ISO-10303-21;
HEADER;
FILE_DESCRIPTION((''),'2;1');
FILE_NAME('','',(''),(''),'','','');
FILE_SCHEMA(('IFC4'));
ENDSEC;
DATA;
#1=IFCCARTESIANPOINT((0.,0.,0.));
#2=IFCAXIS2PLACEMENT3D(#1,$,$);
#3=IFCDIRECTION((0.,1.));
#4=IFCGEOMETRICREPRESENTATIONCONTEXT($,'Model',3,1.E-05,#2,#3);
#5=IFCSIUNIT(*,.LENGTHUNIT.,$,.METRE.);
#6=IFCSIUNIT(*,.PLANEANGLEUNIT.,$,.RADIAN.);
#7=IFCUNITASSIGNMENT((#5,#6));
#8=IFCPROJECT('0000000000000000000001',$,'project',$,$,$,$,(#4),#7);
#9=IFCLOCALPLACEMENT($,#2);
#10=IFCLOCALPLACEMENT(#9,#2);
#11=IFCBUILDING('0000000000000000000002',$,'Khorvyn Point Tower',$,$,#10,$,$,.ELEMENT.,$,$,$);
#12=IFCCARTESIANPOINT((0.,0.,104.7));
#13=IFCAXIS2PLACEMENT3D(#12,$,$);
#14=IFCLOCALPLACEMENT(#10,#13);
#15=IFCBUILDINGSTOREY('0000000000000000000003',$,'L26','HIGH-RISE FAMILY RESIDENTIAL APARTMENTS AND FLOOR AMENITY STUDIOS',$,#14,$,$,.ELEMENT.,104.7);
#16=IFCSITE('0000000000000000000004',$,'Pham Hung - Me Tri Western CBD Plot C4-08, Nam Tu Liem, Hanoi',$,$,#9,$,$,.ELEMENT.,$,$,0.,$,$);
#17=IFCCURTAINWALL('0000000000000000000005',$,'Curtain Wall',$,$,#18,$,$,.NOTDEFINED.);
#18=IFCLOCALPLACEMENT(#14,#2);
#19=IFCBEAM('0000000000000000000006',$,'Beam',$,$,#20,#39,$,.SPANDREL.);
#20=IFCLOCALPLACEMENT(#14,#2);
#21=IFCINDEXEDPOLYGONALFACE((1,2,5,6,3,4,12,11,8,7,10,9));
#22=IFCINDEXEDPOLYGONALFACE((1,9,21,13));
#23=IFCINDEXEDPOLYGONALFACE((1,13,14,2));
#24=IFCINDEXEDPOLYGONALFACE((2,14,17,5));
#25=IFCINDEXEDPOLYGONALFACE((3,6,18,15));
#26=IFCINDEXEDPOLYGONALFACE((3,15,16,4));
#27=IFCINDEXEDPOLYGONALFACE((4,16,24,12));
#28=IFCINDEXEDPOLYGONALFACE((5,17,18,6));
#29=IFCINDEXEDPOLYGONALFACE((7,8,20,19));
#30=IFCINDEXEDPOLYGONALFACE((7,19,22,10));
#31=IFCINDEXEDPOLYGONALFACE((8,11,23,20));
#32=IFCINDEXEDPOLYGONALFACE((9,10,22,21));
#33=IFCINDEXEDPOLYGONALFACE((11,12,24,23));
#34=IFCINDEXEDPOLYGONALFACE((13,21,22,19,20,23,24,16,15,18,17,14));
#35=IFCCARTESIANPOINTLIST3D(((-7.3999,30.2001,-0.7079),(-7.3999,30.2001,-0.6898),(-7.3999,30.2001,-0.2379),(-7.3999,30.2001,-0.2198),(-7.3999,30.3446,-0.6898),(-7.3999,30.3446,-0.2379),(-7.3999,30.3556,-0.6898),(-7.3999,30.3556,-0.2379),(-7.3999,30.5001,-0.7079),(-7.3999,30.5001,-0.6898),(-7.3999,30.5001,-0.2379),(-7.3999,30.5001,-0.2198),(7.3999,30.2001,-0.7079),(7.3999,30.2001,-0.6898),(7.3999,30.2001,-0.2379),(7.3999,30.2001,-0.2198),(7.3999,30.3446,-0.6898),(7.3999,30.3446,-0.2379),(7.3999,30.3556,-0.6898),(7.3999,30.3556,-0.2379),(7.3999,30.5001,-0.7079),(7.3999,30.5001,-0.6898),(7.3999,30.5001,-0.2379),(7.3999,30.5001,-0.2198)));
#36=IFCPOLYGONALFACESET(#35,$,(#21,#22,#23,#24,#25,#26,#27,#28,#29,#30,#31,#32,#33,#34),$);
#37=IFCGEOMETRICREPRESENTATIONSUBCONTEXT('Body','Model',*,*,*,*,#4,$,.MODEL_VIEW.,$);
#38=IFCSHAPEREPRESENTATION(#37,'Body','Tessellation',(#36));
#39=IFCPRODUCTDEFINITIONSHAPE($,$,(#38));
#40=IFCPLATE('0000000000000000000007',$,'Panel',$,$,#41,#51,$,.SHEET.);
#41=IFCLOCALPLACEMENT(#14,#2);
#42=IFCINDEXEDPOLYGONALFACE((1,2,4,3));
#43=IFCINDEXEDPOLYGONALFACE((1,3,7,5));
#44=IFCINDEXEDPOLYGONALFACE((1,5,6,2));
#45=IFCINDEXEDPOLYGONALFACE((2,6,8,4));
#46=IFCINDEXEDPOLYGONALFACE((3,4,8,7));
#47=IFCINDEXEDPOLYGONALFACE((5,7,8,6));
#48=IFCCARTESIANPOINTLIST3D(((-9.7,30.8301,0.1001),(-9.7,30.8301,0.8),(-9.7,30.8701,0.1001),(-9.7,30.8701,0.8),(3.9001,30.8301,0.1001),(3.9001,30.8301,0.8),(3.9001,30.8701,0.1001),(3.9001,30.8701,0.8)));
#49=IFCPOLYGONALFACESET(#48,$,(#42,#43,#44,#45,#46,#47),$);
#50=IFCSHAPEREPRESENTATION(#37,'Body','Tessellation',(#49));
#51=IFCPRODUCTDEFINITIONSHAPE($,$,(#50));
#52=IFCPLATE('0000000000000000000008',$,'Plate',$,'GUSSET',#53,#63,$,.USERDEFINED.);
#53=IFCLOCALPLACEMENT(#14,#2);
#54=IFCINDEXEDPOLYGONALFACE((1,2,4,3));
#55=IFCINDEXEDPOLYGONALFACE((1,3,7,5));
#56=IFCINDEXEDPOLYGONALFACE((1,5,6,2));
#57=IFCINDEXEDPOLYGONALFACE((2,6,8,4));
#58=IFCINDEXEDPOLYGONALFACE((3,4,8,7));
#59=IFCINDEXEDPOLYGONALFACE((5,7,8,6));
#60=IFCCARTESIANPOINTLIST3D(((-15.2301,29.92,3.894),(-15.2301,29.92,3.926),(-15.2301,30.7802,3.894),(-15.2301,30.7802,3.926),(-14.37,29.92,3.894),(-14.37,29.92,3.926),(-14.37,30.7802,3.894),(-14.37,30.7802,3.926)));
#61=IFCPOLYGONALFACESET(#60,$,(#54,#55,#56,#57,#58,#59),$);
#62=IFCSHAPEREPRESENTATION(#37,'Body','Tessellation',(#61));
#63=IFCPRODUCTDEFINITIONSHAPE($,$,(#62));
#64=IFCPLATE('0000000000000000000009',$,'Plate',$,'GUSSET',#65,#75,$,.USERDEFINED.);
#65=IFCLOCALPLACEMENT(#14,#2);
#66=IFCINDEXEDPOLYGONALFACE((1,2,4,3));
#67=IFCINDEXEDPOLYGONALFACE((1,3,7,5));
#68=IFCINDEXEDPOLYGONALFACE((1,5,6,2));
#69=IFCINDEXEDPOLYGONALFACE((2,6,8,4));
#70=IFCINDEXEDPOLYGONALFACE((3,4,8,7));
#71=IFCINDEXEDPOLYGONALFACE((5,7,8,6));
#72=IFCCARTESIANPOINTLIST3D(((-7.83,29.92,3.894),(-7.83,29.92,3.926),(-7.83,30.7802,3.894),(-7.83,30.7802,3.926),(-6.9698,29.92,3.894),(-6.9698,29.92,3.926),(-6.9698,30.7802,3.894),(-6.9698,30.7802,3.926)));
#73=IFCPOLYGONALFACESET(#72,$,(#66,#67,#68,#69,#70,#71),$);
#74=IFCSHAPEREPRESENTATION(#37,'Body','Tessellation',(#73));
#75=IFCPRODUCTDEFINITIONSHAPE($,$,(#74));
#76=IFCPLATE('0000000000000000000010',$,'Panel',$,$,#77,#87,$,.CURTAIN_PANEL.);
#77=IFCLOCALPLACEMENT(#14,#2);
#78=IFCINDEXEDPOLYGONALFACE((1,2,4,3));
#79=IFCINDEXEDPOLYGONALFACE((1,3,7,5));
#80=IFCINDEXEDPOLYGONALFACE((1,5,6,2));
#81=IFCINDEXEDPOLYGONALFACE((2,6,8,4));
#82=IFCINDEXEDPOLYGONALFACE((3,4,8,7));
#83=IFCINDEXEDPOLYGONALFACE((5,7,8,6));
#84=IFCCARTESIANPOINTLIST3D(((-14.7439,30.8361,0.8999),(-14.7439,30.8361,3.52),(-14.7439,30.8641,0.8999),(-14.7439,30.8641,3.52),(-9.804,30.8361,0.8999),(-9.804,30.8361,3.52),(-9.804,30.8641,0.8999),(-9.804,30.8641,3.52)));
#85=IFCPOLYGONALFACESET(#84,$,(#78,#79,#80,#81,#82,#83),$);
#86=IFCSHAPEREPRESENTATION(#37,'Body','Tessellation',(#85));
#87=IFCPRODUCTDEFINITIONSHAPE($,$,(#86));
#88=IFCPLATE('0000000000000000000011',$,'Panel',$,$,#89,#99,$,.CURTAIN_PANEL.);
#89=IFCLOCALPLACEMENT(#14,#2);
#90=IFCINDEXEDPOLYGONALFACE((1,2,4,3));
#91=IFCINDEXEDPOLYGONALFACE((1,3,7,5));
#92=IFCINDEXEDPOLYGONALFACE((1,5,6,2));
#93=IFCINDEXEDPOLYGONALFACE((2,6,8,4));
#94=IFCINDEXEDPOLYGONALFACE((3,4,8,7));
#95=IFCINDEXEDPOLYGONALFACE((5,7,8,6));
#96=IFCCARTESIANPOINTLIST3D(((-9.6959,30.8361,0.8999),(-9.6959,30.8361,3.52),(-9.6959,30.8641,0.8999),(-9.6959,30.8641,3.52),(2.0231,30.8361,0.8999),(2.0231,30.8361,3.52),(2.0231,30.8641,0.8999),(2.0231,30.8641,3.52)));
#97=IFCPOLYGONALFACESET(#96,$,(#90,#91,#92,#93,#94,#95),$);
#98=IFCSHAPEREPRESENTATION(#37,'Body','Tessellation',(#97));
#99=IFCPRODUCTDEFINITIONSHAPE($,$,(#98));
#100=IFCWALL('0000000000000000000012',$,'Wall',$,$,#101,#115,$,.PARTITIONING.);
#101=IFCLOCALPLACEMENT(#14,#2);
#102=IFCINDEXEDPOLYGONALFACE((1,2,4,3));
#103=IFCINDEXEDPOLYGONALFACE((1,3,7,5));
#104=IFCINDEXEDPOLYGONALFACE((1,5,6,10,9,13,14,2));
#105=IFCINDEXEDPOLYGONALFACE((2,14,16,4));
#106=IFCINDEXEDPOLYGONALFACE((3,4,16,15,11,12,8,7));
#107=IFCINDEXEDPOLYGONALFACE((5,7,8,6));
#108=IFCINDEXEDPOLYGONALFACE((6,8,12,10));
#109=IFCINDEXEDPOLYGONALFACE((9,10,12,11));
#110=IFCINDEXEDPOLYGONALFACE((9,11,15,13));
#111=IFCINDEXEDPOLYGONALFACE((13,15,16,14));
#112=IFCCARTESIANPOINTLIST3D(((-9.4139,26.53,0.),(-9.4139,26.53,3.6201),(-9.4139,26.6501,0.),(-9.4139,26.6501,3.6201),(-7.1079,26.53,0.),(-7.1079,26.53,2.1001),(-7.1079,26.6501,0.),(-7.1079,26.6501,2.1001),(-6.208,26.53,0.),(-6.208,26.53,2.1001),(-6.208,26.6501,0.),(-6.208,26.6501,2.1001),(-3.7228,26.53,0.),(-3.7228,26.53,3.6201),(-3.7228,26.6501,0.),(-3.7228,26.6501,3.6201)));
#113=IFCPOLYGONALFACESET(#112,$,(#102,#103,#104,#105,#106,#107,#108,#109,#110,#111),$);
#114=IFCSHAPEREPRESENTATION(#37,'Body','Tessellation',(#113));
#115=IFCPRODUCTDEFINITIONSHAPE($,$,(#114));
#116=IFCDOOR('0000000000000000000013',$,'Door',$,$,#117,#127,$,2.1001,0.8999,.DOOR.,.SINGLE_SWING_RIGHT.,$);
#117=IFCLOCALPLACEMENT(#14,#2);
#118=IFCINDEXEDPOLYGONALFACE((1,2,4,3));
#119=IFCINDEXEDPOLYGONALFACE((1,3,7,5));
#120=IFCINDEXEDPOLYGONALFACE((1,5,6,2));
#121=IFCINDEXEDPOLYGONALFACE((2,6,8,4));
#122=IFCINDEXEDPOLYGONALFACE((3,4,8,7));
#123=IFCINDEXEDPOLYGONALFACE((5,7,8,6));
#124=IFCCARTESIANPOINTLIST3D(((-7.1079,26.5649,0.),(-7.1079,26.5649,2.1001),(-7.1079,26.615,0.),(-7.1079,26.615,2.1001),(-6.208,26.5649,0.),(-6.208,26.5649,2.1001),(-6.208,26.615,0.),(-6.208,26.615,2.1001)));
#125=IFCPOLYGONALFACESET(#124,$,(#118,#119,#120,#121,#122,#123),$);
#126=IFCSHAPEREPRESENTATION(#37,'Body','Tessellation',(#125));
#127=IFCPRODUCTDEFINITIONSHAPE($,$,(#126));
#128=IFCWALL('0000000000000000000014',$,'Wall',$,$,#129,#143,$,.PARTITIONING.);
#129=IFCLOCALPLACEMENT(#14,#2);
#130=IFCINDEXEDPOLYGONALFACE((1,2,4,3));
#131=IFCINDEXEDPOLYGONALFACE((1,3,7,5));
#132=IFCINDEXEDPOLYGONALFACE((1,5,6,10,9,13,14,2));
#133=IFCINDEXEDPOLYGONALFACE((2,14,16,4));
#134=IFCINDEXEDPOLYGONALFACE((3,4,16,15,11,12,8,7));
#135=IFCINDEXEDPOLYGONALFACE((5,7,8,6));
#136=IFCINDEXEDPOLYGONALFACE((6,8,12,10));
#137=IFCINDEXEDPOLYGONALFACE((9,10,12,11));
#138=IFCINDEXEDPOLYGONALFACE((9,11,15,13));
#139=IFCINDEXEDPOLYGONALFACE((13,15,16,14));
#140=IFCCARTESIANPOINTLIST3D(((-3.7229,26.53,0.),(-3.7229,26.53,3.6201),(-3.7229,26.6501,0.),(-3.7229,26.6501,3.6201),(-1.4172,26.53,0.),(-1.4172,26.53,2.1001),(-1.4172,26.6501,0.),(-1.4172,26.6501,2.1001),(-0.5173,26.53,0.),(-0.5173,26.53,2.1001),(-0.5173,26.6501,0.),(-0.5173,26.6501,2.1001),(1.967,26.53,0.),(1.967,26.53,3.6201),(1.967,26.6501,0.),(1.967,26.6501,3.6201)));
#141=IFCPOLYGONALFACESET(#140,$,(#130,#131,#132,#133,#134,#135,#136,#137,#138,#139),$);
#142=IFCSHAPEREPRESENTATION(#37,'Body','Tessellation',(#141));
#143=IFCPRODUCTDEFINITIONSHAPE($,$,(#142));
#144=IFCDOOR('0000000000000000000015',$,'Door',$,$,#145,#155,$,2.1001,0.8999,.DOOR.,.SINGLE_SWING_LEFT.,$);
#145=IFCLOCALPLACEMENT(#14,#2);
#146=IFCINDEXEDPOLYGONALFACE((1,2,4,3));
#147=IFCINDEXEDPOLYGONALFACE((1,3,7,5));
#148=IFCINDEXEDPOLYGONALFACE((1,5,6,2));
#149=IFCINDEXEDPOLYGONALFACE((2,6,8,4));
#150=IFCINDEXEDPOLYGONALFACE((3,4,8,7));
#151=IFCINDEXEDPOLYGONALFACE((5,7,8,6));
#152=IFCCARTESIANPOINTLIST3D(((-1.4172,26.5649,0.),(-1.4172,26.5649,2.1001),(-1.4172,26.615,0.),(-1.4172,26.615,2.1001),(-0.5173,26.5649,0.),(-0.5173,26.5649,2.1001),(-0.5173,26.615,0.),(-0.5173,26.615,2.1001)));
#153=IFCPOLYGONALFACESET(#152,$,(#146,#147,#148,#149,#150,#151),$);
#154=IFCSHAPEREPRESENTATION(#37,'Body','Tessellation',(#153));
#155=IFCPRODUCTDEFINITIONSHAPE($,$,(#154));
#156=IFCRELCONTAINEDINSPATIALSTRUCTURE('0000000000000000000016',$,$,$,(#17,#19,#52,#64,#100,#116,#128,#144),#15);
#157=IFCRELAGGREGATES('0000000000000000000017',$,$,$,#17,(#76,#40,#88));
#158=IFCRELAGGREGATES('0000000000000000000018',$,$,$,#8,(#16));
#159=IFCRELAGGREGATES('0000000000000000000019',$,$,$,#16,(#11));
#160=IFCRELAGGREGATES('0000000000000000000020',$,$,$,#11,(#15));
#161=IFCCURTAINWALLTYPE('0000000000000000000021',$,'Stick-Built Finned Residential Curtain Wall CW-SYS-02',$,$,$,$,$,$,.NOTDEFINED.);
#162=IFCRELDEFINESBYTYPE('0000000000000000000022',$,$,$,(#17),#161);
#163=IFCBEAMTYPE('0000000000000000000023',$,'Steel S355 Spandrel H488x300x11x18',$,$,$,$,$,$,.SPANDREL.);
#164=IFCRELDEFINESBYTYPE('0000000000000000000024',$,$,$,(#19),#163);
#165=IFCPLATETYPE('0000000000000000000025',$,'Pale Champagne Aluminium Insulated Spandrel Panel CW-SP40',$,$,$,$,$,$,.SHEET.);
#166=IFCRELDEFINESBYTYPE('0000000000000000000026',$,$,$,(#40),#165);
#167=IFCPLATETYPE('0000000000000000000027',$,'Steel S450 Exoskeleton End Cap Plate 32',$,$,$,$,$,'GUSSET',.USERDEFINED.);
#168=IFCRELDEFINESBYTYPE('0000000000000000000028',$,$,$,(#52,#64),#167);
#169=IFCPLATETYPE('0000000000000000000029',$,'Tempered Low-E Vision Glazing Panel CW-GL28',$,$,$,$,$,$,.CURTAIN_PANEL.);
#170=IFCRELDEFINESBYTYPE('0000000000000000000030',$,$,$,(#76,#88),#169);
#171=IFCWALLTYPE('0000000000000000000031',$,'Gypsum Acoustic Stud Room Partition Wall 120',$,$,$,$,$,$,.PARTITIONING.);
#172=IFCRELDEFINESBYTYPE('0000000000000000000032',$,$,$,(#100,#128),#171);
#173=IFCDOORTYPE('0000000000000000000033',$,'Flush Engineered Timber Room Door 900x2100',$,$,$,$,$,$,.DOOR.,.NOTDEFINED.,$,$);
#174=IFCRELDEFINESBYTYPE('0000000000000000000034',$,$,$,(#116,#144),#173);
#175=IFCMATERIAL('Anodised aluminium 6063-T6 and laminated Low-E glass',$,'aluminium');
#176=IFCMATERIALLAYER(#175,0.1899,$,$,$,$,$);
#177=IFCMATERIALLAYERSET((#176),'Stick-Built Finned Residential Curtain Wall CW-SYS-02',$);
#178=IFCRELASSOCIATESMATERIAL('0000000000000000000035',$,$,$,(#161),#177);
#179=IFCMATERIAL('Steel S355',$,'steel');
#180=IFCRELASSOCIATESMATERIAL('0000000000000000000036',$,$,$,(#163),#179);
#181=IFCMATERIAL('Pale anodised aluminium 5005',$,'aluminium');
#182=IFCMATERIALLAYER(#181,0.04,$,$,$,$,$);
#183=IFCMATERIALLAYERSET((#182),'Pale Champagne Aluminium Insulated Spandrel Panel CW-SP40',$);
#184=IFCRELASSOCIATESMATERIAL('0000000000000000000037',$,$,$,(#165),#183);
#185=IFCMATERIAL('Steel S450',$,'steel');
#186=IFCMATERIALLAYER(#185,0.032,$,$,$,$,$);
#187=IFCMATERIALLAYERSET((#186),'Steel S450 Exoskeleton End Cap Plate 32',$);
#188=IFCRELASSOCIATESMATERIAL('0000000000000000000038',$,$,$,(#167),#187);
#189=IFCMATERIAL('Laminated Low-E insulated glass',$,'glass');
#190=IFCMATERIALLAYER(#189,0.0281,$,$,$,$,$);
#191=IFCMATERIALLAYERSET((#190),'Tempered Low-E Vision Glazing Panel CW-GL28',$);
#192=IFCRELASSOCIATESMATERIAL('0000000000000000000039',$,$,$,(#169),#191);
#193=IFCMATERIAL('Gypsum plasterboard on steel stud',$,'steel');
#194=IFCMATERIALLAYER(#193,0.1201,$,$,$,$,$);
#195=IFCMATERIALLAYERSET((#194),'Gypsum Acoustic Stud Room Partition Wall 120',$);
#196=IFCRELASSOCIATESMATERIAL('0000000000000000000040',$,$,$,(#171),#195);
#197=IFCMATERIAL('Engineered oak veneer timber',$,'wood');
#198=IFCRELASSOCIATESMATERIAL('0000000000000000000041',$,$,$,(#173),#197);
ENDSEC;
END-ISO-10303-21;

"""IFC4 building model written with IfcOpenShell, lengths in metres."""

from ifc_helpers import new_model, si_unit, direction, frame, frame_2d, origin, origin_2d, place, context, subcontext, project, spatial, rectangle, i_section, extrude, material, layer, layer_set, material_profile, profile_set, type_object, element, fill, aggregate, save


model = new_model("IFC4")

# Units and contexts
model_context = context("Model", 3, precision=1e-05, world=origin(), true_north=direction((0.0, 1.0)))
body_context = subcontext(model_context, "Body", "Model", "MODEL_VIEW")
ifc_project = project(units=[si_unit("LENGTHUNIT", "METRE"), si_unit("PLANEANGLEUNIT", "RADIAN")], contexts=[model_context])

# Site, building, storey
site_placement = place(None, origin())
site = spatial("IfcSite", under=ifc_project, at=site_placement, Name="Pham Hung - Me Tri Western CBD Plot C4-08, Nam Tu Liem, Hanoi", CompositionType="ELEMENT", RefElevation=0.0)
building_placement = place(site_placement, origin())
building = spatial("IfcBuilding", under=site, at=building_placement, Name="Khorvyn Point Tower", CompositionType="ELEMENT")
storey_placement = place(building_placement, frame((0.0, 0.0, 104.7)))
storey = spatial("IfcBuildingStorey", under=building, at=storey_placement, Name="L26", Description="HIGH-RISE FAMILY RESIDENTIAL APARTMENTS AND FLOOR AMENITY STUDIOS", CompositionType="ELEMENT", Elevation=104.7)

# Shared definitions
ifc_material_1 = material(Name="Steel S450", Category="steel")

# Curtain wall
ifc_material_2 = material(Name="Anodised aluminium 6063-T6 and laminated Low-E glass", Category="aluminium")
ifc_layer_1 = layer(ifc_material_2, 0.1899)
ifc_layer_set_1 = layer_set([ifc_layer_1], Name="Stick-Built Finned Residential Curtain Wall CW-SYS-02")
curtain_wall_type = type_object("IfcCurtainWallType", Name="Stick-Built Finned Residential Curtain Wall CW-SYS-02", PredefinedType="NOTDEFINED", material=ifc_layer_set_1)
curtain_wall_placement = place(storey_placement, origin())
curtain_wall = element("IfcCurtainWall", 1, at=curtain_wall_placement, inside=storey, type_object=curtain_wall_type, Name="Curtain Wall", PredefinedType="NOTDEFINED")

# Beam
ifc_material_3 = material(Name="Steel S355", Category="steel")
ifc_material_profile_1 = material_profile(ifc_material_3, i_section(OverallWidth=0.3, OverallDepth=0.488, WebThickness=0.011, FlangeThickness=0.0181, at=origin_2d()))
ifc_profile_set_1 = profile_set([ifc_material_profile_1], Name="Steel S355 H488x300x11x18")
beam_type_1 = type_object("IfcBeamType", Name="Steel S355 Spandrel H488x300x11x18", PredefinedType="SPANDREL", material=ifc_profile_set_1)
beam_1_placement = place(storey_placement, frame((-7.3999, 30.3501, -0.4639), z_axis=(1.0, 0.0, 0.0), x_axis=(0.0, 1.0, 0.0)))
element("IfcBeam", 2, at=beam_1_placement, inside=storey, type_object=beam_type_1, Name="Beam", PredefinedType="SPANDREL", context=body_context, shape_type="SweptSolid", body=[
    extrude(i_section(OverallWidth=0.3, OverallDepth=0.488, WebThickness=0.011, FlangeThickness=0.0181, at=origin_2d()), origin(), (0.0, 0.0, 1.0), 14.7998),
])

# Plate
ifc_material_4 = material(Name="Pale anodised aluminium 5005", Category="aluminium")
ifc_layer_2 = layer(ifc_material_4, 0.04)
ifc_layer_set_2 = layer_set([ifc_layer_2], Name="Pale Champagne Aluminium Insulated Spandrel Panel CW-SP40")
plate_type_1 = type_object("IfcPlateType", Name="Pale Champagne Aluminium Insulated Spandrel Panel CW-SP40", PredefinedType="SHEET", material=ifc_layer_set_2)
plate_1_placement = place(storey_placement, frame((-2.8999, 30.8501, 0.1001), z_axis=(0.0, 0.0, 1.0), x_axis=(1.0, 0.0, 0.0)))
plate_1 = element("IfcPlate", 3, at=plate_1_placement, type_object=plate_type_1, Name="Panel", PredefinedType="SHEET", context=body_context, shape_type="SweptSolid", body=[
    extrude(rectangle(XDim=13.6001, YDim=0.04, at=origin_2d()), origin(), (0.0, 0.0, 1.0), 0.7),
])

# Plates
ifc_layer_3 = layer(ifc_material_1, 0.032)
ifc_layer_set_3 = layer_set([ifc_layer_3], Name="Steel S450 Exoskeleton End Cap Plate 32")
plate_type_2 = type_object("IfcPlateType", Name="Steel S450 Exoskeleton End Cap Plate 32", ElementType="GUSSET", PredefinedType="USERDEFINED", material=ifc_layer_set_3)
for number, where, z_axis, x_axis, name in (
    (4, (-14.8, 30.3501, 3.894), (0.0, 0.0, 1.0), (1.0, 0.0, 0.0), "Plate"),
    (5, (-7.3999, 30.3501, 3.894), (0.0, 0.0, 1.0), (1.0, 0.0, 0.0), "Plate"),
):
    element("IfcPlate", number, at=place(storey_placement, frame(where, z_axis=z_axis, x_axis=x_axis)), inside=storey, type_object=plate_type_2, Name=name, ObjectType="GUSSET", PredefinedType="USERDEFINED", context=body_context, shape_type="SweptSolid", body=[
        extrude(rectangle(XDim=0.8601, YDim=0.8601, at=origin_2d()), origin(), (0.0, 0.0, 1.0), 0.032),
    ])

# Plates
ifc_material_5 = material(Name="Laminated Low-E insulated glass", Category="glass")
ifc_layer_4 = layer(ifc_material_5, 0.0281)
ifc_layer_set_4 = layer_set([ifc_layer_4], Name="Tempered Low-E Vision Glazing Panel CW-GL28")
plate_type_3 = type_object("IfcPlateType", Name="Tempered Low-E Vision Glazing Panel CW-GL28", PredefinedType="CURTAIN_PANEL", material=ifc_layer_set_4)
plate_2_placement = place(storey_placement, frame((-12.2739, 30.8501, 0.8999), z_axis=(0.0, 0.0, 1.0), x_axis=(1.0, 0.0, 0.0)))
plate_2 = element("IfcPlate", 6, at=plate_2_placement, type_object=plate_type_3, Name="Panel", PredefinedType="CURTAIN_PANEL", context=body_context, shape_type="SweptSolid", body=[
    extrude(rectangle(XDim=4.9399, YDim=0.0281, at=origin_2d()), origin(), (0.0, 0.0, 1.0), 2.6201),
])
plate_3_placement = place(storey_placement, frame((-3.8364, 30.8501, 0.8999), z_axis=(0.0, 0.0, 1.0), x_axis=(1.0, 0.0, 0.0)))
plate_3 = element("IfcPlate", 7, at=plate_3_placement, type_object=plate_type_3, Name="Panel", PredefinedType="CURTAIN_PANEL", context=body_context, shape_type="SweptSolid", body=[
    extrude(rectangle(XDim=11.719, YDim=0.0281, at=origin_2d()), origin(), (0.0, 0.0, 1.0), 2.6201),
])
aggregate(curtain_wall, [plate_2, plate_1, plate_3])

# Walls, openings, doors
ifc_material_6 = material(Name="Gypsum plasterboard on steel stud", Category="steel")
ifc_layer_5 = layer(ifc_material_6, 0.1201)
ifc_layer_set_5 = layer_set([ifc_layer_5], Name="Gypsum Acoustic Stud Room Partition Wall 120")
wall_type_1 = type_object("IfcWallType", Name="Gypsum Acoustic Stud Room Partition Wall 120", PredefinedType="PARTITIONING", material=ifc_layer_set_5)
wall_1_placement = place(storey_placement, frame((-9.4141, 26.5901, 0.0), z_axis=(0.0, 0.0, 1.0), x_axis=(1.0, 0.0, 0.0)))
wall_1 = element("IfcWall", 8, at=wall_1_placement, inside=storey, type_object=wall_type_1, Name="Wall", PredefinedType="PARTITIONING", context=body_context, shape_type="SweptSolid", body=[
    extrude(rectangle(XDim=5.6912, YDim=0.1201, at=frame_2d((2.8457, 0.0))), origin(), (0.0, 0.0, 1.0), 3.6201),
])
opening_1_placement = place(wall_1_placement, frame((2.3062, 0.0, 0.0)))
opening_1 = element("IfcOpeningElement", 9, at=opening_1_placement, cuts=wall_1, PredefinedType="OPENING", context=body_context, shape_type="SweptSolid", body=[
    extrude(rectangle(XDim=0.8999, YDim=2.1001, at=frame_2d((0.45, 1.05))), frame((0.0, 0.0701, 0.0), z_axis=(0.0, -1.0, 0.0), x_axis=(1.0, 0.0, 0.0)), (0.0, 0.0, 1.0), 0.1401),
])
ifc_material_7 = material(Name="Engineered oak veneer timber", Category="wood")
door_type_1 = type_object("IfcDoorType", Name="Flush Engineered Timber Room Door 900x2100", OperationType="NOTDEFINED", PredefinedType="DOOR", material=ifc_material_7)
door_1_placement = place(opening_1_placement, origin())
door_1 = element("IfcDoor", 10, at=door_1_placement, inside=storey, type_object=door_type_1, Name="Door", OperationType="SINGLE_SWING_RIGHT", OverallHeight=2.1001, OverallWidth=0.8999, PredefinedType="DOOR", context=body_context, shape_type="SweptSolid", body=[
    extrude(rectangle(XDim=0.8999, YDim=2.1001, at=frame_2d((0.45, 1.05))), frame((0.0, 0.0249, 0.0), z_axis=(0.0, -1.0, 0.0), x_axis=(1.0, 0.0, 0.0)), (0.0, 0.0, 1.0), 0.05),
])
fill(opening_1, door_1)
wall_2_placement = place(storey_placement, frame((-3.7229, 26.5901, 0.0), z_axis=(0.0, 0.0, 1.0), x_axis=(1.0, 0.0, 0.0)))
wall_2 = element("IfcWall", 11, at=wall_2_placement, inside=storey, type_object=wall_type_1, Name="Wall", PredefinedType="PARTITIONING", context=body_context, shape_type="SweptSolid", body=[
    extrude(rectangle(XDim=5.6899, YDim=0.1201, at=frame_2d((2.845, 0.0))), origin(), (0.0, 0.0, 1.0), 3.6201),
])
opening_2_placement = place(wall_2_placement, frame((2.3057, 0.0, 0.0)))
opening_2 = element("IfcOpeningElement", 12, at=opening_2_placement, cuts=wall_2, PredefinedType="OPENING", context=body_context, shape_type="SweptSolid", body=[
    extrude(rectangle(XDim=0.8999, YDim=2.1001, at=frame_2d((0.45, 1.05))), frame((0.0, 0.0701, 0.0), z_axis=(0.0, -1.0, 0.0), x_axis=(1.0, 0.0, 0.0)), (0.0, 0.0, 1.0), 0.1401),
])
door_2_placement = place(opening_2_placement, origin())
door_2 = element("IfcDoor", 13, at=door_2_placement, inside=storey, type_object=door_type_1, Name="Door", OperationType="SINGLE_SWING_LEFT", OverallHeight=2.1001, OverallWidth=0.8999, PredefinedType="DOOR", context=body_context, shape_type="SweptSolid", body=[
    extrude(rectangle(XDim=0.8999, YDim=2.1001, at=frame_2d((0.45, 1.05))), frame((0.0, 0.0249, 0.0), z_axis=(0.0, -1.0, 0.0), x_axis=(1.0, 0.0, 0.0)), (0.0, 0.0, 1.0), 0.05),
])
fill(opening_2, door_2)

save(model, "model.ifc")
